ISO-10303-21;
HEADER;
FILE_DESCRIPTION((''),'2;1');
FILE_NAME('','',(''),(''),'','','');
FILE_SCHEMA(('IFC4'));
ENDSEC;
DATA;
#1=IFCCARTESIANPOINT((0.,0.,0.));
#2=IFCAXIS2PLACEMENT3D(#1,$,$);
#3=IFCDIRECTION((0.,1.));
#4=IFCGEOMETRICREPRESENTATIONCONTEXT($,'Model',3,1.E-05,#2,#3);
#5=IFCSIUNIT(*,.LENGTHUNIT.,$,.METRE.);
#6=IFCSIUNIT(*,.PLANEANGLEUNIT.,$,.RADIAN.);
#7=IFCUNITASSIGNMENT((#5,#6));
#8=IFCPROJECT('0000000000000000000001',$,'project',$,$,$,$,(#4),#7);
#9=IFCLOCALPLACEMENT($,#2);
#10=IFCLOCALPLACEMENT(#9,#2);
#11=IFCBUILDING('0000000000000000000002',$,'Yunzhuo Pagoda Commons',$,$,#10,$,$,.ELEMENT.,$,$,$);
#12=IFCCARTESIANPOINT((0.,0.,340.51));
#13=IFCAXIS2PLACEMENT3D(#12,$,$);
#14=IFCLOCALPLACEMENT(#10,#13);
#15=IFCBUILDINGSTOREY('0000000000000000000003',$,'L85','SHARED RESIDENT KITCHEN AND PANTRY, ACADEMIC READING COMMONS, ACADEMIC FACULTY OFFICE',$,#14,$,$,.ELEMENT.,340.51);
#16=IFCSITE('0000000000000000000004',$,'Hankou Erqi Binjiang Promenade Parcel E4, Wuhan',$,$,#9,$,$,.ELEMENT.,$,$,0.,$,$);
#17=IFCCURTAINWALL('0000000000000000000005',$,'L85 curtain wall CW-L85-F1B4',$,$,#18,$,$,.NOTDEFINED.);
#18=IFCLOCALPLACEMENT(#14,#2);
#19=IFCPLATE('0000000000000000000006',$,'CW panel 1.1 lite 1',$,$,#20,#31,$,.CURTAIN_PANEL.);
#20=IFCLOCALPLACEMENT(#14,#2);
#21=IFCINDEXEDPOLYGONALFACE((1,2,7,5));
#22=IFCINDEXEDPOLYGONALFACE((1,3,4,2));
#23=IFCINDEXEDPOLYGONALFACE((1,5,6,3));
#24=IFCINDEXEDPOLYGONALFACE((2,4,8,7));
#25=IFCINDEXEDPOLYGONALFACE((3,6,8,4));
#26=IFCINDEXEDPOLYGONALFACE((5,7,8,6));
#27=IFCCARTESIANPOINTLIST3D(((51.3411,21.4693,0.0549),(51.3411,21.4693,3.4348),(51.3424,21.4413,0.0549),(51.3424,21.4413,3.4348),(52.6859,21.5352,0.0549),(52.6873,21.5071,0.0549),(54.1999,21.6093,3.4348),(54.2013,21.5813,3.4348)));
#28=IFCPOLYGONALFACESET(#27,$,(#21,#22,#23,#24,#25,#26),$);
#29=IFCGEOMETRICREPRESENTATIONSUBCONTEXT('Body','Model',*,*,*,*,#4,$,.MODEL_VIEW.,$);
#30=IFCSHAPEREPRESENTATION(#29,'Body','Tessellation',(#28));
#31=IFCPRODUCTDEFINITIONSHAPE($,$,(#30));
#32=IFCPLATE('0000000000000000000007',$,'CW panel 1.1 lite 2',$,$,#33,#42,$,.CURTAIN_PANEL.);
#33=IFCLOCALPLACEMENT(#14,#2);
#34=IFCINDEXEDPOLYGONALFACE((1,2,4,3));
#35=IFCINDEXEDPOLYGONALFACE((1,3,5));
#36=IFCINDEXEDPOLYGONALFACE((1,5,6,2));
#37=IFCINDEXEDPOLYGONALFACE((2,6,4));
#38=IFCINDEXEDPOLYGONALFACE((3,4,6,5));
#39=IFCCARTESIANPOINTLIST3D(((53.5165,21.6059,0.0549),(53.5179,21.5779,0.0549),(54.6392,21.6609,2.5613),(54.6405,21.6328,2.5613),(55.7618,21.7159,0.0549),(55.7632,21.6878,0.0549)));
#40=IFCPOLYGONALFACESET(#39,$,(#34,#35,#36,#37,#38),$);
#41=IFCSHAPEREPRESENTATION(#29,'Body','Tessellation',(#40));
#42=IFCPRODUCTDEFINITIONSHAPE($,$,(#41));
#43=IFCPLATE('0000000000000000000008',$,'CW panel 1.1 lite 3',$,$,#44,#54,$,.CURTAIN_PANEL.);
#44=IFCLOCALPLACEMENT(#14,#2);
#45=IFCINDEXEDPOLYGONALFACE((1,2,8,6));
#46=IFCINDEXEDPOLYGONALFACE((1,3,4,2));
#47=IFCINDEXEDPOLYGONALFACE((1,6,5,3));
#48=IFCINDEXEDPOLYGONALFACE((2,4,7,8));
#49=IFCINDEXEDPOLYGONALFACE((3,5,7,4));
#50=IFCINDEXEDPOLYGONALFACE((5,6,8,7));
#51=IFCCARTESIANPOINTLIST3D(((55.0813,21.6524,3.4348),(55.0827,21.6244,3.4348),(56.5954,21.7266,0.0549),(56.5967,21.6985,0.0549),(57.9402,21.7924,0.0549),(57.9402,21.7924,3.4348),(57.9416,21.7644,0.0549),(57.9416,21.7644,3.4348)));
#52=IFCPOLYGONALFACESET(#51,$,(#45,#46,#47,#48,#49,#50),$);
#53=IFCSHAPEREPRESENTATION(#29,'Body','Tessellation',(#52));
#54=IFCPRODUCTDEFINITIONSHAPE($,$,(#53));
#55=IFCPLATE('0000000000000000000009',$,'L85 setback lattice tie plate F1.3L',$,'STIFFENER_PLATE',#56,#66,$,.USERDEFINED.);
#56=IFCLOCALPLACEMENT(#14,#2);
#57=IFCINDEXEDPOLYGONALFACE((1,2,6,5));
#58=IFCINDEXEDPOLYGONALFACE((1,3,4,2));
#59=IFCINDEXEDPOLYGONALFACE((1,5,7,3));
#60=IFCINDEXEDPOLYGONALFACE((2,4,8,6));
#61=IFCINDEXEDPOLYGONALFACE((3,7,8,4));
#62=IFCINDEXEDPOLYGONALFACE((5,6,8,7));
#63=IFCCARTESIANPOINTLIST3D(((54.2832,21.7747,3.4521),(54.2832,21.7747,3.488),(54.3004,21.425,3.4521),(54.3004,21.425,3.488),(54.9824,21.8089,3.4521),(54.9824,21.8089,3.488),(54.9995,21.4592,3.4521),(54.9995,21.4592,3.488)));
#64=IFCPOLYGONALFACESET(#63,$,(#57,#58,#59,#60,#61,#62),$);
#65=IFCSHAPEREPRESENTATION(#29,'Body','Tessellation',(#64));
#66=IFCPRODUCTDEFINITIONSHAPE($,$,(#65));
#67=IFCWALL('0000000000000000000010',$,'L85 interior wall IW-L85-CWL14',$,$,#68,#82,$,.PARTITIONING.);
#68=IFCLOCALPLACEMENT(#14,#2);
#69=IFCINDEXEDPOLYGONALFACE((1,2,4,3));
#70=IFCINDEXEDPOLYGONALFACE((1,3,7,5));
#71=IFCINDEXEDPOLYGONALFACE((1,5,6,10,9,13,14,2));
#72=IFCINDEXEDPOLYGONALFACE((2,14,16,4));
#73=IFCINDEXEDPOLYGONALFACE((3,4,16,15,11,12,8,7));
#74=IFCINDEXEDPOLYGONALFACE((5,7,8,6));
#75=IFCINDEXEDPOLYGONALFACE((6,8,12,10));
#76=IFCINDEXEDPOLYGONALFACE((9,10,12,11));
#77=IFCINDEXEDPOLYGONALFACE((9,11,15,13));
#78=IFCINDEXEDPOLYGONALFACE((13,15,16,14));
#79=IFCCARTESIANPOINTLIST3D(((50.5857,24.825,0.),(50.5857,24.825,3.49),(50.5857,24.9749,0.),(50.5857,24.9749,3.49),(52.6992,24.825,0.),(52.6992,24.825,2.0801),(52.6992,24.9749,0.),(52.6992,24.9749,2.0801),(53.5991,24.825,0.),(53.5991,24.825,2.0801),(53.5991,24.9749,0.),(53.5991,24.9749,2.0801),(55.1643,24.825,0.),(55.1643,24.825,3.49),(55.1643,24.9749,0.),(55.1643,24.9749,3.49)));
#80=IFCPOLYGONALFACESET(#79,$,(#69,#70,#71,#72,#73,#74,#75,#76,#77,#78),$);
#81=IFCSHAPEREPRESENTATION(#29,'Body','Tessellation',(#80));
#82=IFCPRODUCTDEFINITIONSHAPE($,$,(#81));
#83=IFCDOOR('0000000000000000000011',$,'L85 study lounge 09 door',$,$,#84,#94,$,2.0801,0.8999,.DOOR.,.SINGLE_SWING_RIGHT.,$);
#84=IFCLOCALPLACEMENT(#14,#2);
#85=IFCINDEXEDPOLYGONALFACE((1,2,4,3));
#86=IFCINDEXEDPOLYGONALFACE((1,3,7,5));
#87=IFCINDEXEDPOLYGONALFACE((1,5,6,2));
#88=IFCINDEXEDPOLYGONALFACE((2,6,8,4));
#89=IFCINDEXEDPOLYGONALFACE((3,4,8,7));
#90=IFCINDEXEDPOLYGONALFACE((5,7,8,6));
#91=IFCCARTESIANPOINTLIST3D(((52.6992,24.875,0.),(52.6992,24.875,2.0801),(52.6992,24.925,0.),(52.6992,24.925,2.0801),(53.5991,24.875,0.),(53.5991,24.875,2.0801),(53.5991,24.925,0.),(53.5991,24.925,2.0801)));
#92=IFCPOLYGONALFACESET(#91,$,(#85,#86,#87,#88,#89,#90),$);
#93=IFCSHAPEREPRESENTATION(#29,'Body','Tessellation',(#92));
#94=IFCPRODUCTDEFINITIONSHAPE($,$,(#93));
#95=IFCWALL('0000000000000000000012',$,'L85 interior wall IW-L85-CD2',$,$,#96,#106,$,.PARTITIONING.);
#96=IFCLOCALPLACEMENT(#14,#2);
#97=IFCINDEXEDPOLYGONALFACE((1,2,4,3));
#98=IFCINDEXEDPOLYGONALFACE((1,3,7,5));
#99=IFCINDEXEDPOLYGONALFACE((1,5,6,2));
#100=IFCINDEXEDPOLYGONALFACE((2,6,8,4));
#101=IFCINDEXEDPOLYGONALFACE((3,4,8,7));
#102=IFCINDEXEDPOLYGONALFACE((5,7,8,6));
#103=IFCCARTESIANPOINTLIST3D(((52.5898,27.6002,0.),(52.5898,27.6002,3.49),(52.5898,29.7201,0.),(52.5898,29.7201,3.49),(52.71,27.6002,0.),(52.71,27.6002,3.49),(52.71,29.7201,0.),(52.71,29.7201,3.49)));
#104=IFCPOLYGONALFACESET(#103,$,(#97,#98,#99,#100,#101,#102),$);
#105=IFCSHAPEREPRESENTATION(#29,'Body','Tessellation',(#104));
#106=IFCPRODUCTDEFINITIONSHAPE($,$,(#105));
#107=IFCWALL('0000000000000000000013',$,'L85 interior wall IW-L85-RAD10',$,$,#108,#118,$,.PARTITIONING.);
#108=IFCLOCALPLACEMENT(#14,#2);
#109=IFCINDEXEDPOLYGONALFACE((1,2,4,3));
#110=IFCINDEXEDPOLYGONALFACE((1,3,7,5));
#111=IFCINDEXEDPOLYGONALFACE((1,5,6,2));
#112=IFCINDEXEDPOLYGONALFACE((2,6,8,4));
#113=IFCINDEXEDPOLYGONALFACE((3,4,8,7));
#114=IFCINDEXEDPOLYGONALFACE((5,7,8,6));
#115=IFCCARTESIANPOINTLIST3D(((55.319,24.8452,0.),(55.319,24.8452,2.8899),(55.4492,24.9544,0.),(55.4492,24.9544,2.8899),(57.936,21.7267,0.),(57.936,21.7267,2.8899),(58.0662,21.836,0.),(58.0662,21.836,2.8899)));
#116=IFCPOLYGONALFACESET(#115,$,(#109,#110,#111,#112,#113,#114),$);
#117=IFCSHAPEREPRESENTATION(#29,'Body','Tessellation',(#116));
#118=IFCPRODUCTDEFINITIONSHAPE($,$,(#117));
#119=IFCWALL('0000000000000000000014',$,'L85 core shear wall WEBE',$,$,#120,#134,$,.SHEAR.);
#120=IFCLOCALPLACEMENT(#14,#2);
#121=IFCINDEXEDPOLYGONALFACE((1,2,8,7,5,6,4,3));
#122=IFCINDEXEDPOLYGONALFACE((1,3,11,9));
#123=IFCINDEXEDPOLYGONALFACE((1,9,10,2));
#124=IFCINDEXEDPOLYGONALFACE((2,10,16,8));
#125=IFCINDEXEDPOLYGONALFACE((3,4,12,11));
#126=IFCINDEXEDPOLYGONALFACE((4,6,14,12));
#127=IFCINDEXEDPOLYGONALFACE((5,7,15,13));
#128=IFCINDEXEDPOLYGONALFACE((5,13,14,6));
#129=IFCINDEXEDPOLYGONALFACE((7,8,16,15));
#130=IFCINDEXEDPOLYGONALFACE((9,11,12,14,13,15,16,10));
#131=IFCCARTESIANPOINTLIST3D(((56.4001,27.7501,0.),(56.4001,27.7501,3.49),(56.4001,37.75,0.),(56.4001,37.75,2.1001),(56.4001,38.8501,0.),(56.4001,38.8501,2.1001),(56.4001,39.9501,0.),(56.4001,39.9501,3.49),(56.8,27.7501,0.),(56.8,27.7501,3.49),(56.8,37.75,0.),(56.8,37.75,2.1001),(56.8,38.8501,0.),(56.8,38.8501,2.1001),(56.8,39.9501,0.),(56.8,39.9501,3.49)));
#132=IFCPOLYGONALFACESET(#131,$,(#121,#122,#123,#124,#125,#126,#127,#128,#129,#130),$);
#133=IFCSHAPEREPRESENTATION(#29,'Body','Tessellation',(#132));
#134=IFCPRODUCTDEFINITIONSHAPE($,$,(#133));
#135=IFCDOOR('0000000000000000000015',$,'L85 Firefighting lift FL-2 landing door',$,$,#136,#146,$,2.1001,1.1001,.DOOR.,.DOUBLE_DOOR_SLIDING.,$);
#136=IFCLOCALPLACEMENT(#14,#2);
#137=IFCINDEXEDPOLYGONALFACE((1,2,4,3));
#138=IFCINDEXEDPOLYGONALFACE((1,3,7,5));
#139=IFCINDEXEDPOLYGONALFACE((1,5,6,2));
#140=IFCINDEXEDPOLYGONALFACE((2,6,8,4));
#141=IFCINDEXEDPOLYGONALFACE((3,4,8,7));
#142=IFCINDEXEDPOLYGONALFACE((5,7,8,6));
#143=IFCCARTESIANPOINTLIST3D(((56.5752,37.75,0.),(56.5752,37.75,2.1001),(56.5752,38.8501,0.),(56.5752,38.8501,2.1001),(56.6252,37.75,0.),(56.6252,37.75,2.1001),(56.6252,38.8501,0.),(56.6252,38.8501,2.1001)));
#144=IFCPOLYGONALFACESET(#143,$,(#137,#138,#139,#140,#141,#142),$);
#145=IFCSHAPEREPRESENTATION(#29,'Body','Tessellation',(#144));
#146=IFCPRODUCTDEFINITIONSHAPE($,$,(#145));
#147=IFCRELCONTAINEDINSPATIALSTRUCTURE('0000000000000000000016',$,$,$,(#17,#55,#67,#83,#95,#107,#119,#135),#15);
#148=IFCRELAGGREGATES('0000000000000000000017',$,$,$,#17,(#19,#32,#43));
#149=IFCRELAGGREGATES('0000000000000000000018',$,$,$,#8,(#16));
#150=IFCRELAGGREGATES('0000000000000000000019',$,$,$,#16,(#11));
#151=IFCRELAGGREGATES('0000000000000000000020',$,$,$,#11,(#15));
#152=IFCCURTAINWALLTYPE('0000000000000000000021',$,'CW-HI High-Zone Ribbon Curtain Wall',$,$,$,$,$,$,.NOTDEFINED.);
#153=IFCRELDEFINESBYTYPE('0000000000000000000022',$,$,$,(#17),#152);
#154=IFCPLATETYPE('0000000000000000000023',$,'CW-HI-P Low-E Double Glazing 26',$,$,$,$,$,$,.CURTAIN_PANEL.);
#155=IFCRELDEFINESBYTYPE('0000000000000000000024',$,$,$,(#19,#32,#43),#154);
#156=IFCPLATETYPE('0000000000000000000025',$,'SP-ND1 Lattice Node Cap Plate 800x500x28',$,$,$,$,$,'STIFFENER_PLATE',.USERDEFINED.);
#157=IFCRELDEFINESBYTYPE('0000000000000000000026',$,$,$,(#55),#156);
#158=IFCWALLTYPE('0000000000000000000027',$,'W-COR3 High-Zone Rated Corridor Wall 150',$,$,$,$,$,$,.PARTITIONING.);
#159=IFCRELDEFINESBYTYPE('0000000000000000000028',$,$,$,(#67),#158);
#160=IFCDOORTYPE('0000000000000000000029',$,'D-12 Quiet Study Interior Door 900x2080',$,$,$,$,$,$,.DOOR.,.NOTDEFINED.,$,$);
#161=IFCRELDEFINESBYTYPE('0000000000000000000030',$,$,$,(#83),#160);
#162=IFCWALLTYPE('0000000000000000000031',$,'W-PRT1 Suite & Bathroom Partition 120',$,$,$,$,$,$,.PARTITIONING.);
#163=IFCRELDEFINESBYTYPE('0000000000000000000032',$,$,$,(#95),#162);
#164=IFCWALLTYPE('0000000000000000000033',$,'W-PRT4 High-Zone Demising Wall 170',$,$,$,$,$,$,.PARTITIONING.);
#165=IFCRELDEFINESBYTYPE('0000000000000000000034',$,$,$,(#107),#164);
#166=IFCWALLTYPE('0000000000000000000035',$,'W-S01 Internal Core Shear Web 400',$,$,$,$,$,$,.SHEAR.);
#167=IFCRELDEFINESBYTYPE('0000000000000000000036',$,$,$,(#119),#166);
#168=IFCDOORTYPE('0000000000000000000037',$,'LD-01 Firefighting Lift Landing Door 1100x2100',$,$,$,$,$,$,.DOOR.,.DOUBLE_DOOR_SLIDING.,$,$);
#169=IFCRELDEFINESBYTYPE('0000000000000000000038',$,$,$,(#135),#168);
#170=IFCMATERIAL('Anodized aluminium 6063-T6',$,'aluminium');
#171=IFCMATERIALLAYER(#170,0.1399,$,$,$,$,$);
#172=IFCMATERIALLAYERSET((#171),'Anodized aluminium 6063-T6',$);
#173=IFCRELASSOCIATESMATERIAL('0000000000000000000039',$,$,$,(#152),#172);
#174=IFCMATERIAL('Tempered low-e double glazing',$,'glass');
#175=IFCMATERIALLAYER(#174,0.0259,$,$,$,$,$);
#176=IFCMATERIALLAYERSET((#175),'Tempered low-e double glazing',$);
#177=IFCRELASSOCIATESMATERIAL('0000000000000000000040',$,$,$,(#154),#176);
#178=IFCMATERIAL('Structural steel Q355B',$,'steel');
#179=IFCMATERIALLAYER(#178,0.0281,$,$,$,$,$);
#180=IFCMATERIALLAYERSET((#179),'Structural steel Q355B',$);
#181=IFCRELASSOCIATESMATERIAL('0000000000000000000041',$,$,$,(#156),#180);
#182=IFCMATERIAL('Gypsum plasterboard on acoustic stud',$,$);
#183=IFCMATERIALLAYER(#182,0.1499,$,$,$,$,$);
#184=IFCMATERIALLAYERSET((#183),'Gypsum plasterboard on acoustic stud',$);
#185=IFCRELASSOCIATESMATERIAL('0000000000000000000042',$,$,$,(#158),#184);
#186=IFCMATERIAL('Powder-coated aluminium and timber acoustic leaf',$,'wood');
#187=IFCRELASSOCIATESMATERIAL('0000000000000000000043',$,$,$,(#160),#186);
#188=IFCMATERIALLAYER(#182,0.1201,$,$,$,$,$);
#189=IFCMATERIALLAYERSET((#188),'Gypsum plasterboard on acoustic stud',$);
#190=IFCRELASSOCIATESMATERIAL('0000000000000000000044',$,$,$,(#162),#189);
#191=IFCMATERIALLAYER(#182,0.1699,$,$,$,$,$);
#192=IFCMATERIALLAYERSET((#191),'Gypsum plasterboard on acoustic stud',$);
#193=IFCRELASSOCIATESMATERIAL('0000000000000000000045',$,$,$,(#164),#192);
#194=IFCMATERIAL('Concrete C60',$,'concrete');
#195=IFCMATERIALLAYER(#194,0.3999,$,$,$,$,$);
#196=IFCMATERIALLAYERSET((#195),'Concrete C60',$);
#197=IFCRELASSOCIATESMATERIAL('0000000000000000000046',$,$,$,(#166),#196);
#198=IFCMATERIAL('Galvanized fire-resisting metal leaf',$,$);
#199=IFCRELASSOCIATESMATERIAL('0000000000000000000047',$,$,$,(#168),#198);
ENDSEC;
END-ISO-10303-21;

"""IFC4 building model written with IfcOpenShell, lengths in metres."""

from ifc_helpers import new_model, si_unit, direction, frame, frame_2d, origin, origin_with_axes, origin_2d, place, context, subcontext, project, spatial, polyline, rectangle, outline, extrude, source, transform, mapped, material, layer, layer_set, type_object, element, fill, aggregate, save


model = new_model("IFC4")

# Units and contexts
model_context = context("Model", 3, precision=1e-05, world=origin(), true_north=direction((0.0, 1.0)))
body_context = subcontext(model_context, "Body", "Model", "MODEL_VIEW")
ifc_project = project(units=[si_unit("LENGTHUNIT", "METRE"), si_unit("PLANEANGLEUNIT", "RADIAN")], contexts=[model_context])

# Site, building, storey
site_placement = place(None, origin())
site = spatial("IfcSite", under=ifc_project, at=site_placement, Name="Hankou Erqi Binjiang Promenade Parcel E4, Wuhan", CompositionType="ELEMENT", RefElevation=0.0)
building_placement = place(site_placement, origin())
building = spatial("IfcBuilding", under=site, at=building_placement, Name="Yunzhuo Pagoda Commons", CompositionType="ELEMENT")
storey_placement = place(building_placement, frame((0.0, 0.0, 340.51)))
storey = spatial("IfcBuildingStorey", under=building, at=storey_placement, Name="L85", Description="SHARED RESIDENT KITCHEN AND PANTRY, ACADEMIC READING COMMONS, ACADEMIC FACULTY OFFICE", CompositionType="ELEMENT", Elevation=340.51)

# Shared definitions
ifc_material_1 = material(Name="Structural steel Q355B", Category="steel")

# Curtain wall, plates
ifc_material_2 = material(Name="Anodized aluminium 6063-T6", Category="aluminium")
ifc_layer_1 = layer(ifc_material_2, 0.1399)
ifc_layer_set_1 = layer_set([ifc_layer_1], Name="Anodized aluminium 6063-T6")
curtain_wall_type = type_object("IfcCurtainWallType", Name="CW-HI High-Zone Ribbon Curtain Wall", PredefinedType="NOTDEFINED", material=ifc_layer_set_1)
curtain_wall_placement = place(storey_placement, origin())
curtain_wall = element("IfcCurtainWall", 1, at=curtain_wall_placement, inside=storey, type_object=curtain_wall_type, Name="L85 curtain wall CW-L85-F1B4", PredefinedType="NOTDEFINED")
ifc_material_3 = material(Name="Tempered low-e double glazing", Category="glass")
ifc_layer_2 = layer(ifc_material_3, 0.0259)
ifc_layer_set_2 = layer_set([ifc_layer_2], Name="Tempered low-e double glazing")
plate_type_1 = type_object("IfcPlateType", Name="CW-HI-P Low-E Double Glazing 26", PredefinedType="CURTAIN_PANEL", material=ifc_layer_set_2)
plate_1_placement = place(storey_placement, frame((52.7705, 21.5393, 1.7449), z_axis=(0.048906, -0.998803, 0.0), x_axis=(0.998803, 0.048906, 0.0)))
plate_1 = element("IfcPlate", 2, at=plate_1_placement, type_object=plate_type_1, Name="CW panel 1.1 lite 1", PredefinedType="CURTAIN_PANEL", context=body_context, shape_type="SweptSolid", body=[
    extrude(outline(polyline([(-1.4312, -1.6899), (-0.0847, -1.6899), (1.4312, 1.6899), (-1.4312, 1.6899), (-1.4312, -1.6899)])), origin(), (0.0, 0.0, 1.0), 0.0281),
])
plate_2_placement = place(storey_placement, frame((54.6392, 21.6609, 1.3081), z_axis=(0.048906, -0.998803, 0.0), x_axis=(0.998803, 0.048906, 0.0)))
plate_2 = element("IfcPlate", 3, at=plate_2_placement, type_object=plate_type_1, Name="CW panel 1.1 lite 2", PredefinedType="CURTAIN_PANEL", context=body_context, shape_type="SweptSolid", body=[
    extrude(outline(polyline([(-1.124, -1.2532), (1.124, -1.2532), (0.0, 1.2532), (-1.124, -1.2532)])), origin(), (0.0, 0.0, 1.0), 0.0281),
])
plate_3_placement = place(storey_placement, frame((56.5107, 21.7224, 1.7449), z_axis=(0.048906, -0.998803, 0.0), x_axis=(0.998803, 0.048906, 0.0)))
plate_3 = element("IfcPlate", 4, at=plate_3_placement, type_object=plate_type_1, Name="CW panel 1.1 lite 3", PredefinedType="CURTAIN_PANEL", context=body_context, shape_type="SweptSolid", body=[
    extrude(outline(polyline([(-1.4312, 1.6899), (0.0847, -1.6899), (1.4312, -1.6899), (1.4312, 1.6899), (-1.4312, 1.6899)])), origin(), (0.0, 0.0, 1.0), 0.0281),
])
aggregate(curtain_wall, [plate_1, plate_2, plate_3])

# Plate
ifc_layer_3 = layer(ifc_material_1, 0.0281)
ifc_layer_set_3 = layer_set([ifc_layer_3], Name="Structural steel Q355B")
plate_type_2 = type_object("IfcPlateType", Name="SP-ND1 Lattice Node Cap Plate 800x500x28", ElementType="STIFFENER_PLATE", PredefinedType="USERDEFINED", material=ifc_layer_set_3)
shared_shape_1 = source(origin(), body_context, "Body", "SweptSolid", [
    extrude(rectangle(XDim=0.7, YDim=0.3501, at=origin_2d()), origin(), (0.0, 0.0, 1.0), 0.0359),
])
plate_4_placement = place(storey_placement, frame((54.6414, 21.6169, 3.4521), z_axis=(0.0, 0.0, 1.0), x_axis=(0.998804, 0.048902, 0.0)))
element("IfcPlate", 5, at=plate_4_placement, inside=storey, type_object=plate_type_2, Name="L85 setback lattice tie plate F1.3L", ObjectType="STIFFENER_PLATE", PredefinedType="USERDEFINED", context=body_context, shape_type="MappedRepresentation", body=[
    mapped(shared_shape_1, transform((0.0, 0.0, 0.0), scale=1.0)),
])

# Wall, opening, door
ifc_material_4 = material(Name="Gypsum plasterboard on acoustic stud")
ifc_layer_4 = layer(ifc_material_4, 0.1499)
ifc_layer_set_4 = layer_set([ifc_layer_4], Name="Gypsum plasterboard on acoustic stud")
wall_type_1 = type_object("IfcWallType", Name="W-COR3 High-Zone Rated Corridor Wall 150", PredefinedType="PARTITIONING", material=ifc_layer_set_4)
wall_1_placement = place(storey_placement, frame((55.1643, 24.8999, 0.0), z_axis=(0.0, 0.0, 1.0), x_axis=(-1.0, 0.0, 0.0)))
wall_1 = element("IfcWall", 6, at=wall_1_placement, inside=storey, type_object=wall_type_1, Name="L85 interior wall IW-L85-CWL14", PredefinedType="PARTITIONING", context=body_context, shape_type="SweptSolid", body=[
    extrude(rectangle(XDim=4.5786, YDim=0.1499, at=frame_2d((2.2893, 0.0))), origin(), (0.0, 0.0, 1.0), 3.49),
])
opening_1_placement = place(wall_1_placement, frame((1.5652, 0.0, 0.0)))
opening_1 = element("IfcOpeningElement", 7, at=opening_1_placement, cuts=wall_1, PredefinedType="OPENING", context=body_context, shape_type="SweptSolid", body=[
    extrude(rectangle(XDim=0.8999, YDim=2.0801, at=frame_2d((0.45, 1.04))), frame((0.0, 0.085, 0.0), z_axis=(0.0, -1.0, 0.0), x_axis=(1.0, 0.0, 0.0)), (0.0, 0.0, 1.0), 0.1699),
])
ifc_material_5 = material(Name="Powder-coated aluminium and timber acoustic leaf", Category="wood")
door_type_1 = type_object("IfcDoorType", Name="D-12 Quiet Study Interior Door 900x2080", OperationType="NOTDEFINED", PredefinedType="DOOR", material=ifc_material_5)
shared_shape_2 = source(origin(), body_context, "Body", "SweptSolid", [
    extrude(rectangle(XDim=0.8999, YDim=2.0801, at=frame_2d((0.45, 1.04))), frame((0.0, 0.0249, 0.0), z_axis=(0.0, -1.0, 0.0), x_axis=(1.0, 0.0, 0.0)), (0.0, 0.0, 1.0), 0.05),
])
door_1_placement = place(opening_1_placement, origin_with_axes())
door_1 = element("IfcDoor", 8, at=door_1_placement, inside=storey, type_object=door_type_1, Name="L85 study lounge 09 door", OperationType="SINGLE_SWING_RIGHT", OverallHeight=2.0801, OverallWidth=0.8999, PredefinedType="DOOR", context=body_context, shape_type="MappedRepresentation", body=[
    mapped(shared_shape_2, transform((0.0, 0.0, 0.0), scale=1.0)),
])
fill(opening_1, door_1)

# Walls
ifc_layer_5 = layer(ifc_material_4, 0.1201)
ifc_layer_set_5 = layer_set([ifc_layer_5], Name="Gypsum plasterboard on acoustic stud")
wall_type_2 = type_object("IfcWallType", Name="W-PRT1 Suite & Bathroom Partition 120", PredefinedType="PARTITIONING", material=ifc_layer_set_5)
wall_2_placement = place(storey_placement, frame((52.6499, 27.6001, 0.0), z_axis=(0.0, 0.0, 1.0), x_axis=(0.0, 1.0, 0.0)))
element("IfcWall", 9, at=wall_2_placement, inside=storey, type_object=wall_type_2, Name="L85 interior wall IW-L85-CD2", PredefinedType="PARTITIONING", context=body_context, shape_type="SweptSolid", body=[
    extrude(rectangle(XDim=2.1199, YDim=0.1201, at=frame_2d((1.0601, 0.0))), origin(), (0.0, 0.0, 1.0), 3.49),
])
ifc_layer_6 = layer(ifc_material_4, 0.1699)
ifc_layer_set_6 = layer_set([ifc_layer_6], Name="Gypsum plasterboard on acoustic stud")
wall_type_3 = type_object("IfcWallType", Name="W-PRT4 High-Zone Demising Wall 170", PredefinedType="PARTITIONING", material=ifc_layer_set_6)
wall_3_placement = place(storey_placement, frame((55.384, 24.8999, 0.0), z_axis=(0.0, 0.0, 1.0), x_axis=(0.642829, -0.76601, 0.0)))
element("IfcWall", 10, at=wall_3_placement, inside=storey, type_object=wall_type_3, Name="L85 interior wall IW-L85-RAD10", PredefinedType="PARTITIONING", context=body_context, shape_type="SweptSolid", body=[
    extrude(rectangle(XDim=4.071, YDim=0.1699, at=frame_2d((2.0356, 0.0))), origin(), (0.0, 0.0, 1.0), 2.8899),
])

# Wall, opening, door
ifc_material_6 = material(Name="Concrete C60", Category="concrete")
ifc_layer_7 = layer(ifc_material_6, 0.3999)
ifc_layer_set_7 = layer_set([ifc_layer_7], Name="Concrete C60")
wall_type_4 = type_object("IfcWallType", Name="W-S01 Internal Core Shear Web 400", PredefinedType="SHEAR", material=ifc_layer_set_7)
wall_4_placement = place(storey_placement, frame((56.6001, 27.75, 0.0), z_axis=(0.0, 0.0, 1.0), x_axis=(0.0, 1.0, 0.0)))
wall_4 = element("IfcWall", 11, at=wall_4_placement, inside=storey, type_object=wall_type_4, Name="L85 core shear wall WEBE", PredefinedType="SHEAR", context=body_context, shape_type="SweptSolid", body=[
    extrude(rectangle(XDim=12.2, YDim=0.3999, at=frame_2d((6.1001, 0.0))), origin(), (0.0, 0.0, 1.0), 3.49),
])
opening_2_placement = place(wall_4_placement, frame((10.0, 0.0, 0.0)))
opening_2 = element("IfcOpeningElement", 12, at=opening_2_placement, cuts=wall_4, PredefinedType="OPENING", context=body_context, shape_type="SweptSolid", body=[
    extrude(rectangle(XDim=1.1001, YDim=2.1001, at=frame_2d((0.55, 1.05))), frame((0.0, 0.21, 0.0), z_axis=(0.0, -1.0, 0.0), x_axis=(1.0, 0.0, 0.0)), (0.0, 0.0, 1.0), 0.4199),
])
ifc_material_7 = material(Name="Galvanized fire-resisting metal leaf")
door_type_2 = type_object("IfcDoorType", Name="LD-01 Firefighting Lift Landing Door 1100x2100", OperationType="DOUBLE_DOOR_SLIDING", PredefinedType="DOOR", material=ifc_material_7)
shared_shape_3 = source(origin(), body_context, "Body", "SweptSolid", [
    extrude(rectangle(XDim=1.1001, YDim=2.1001, at=frame_2d((0.55, 1.05))), frame((0.0, 0.0249, 0.0), z_axis=(0.0, -1.0, 0.0), x_axis=(1.0, 0.0, 0.0)), (0.0, 0.0, 1.0), 0.05),
])
door_2_placement = place(opening_2_placement, origin_with_axes())
door_2 = element("IfcDoor", 13, at=door_2_placement, inside=storey, type_object=door_type_2, Name="L85 Firefighting lift FL-2 landing door", OperationType="DOUBLE_DOOR_SLIDING", OverallHeight=2.1001, OverallWidth=1.1001, PredefinedType="DOOR", context=body_context, shape_type="MappedRepresentation", body=[
    mapped(shared_shape_3, transform((0.0, 0.0, 0.0), scale=1.0)),
])
fill(opening_2, door_2)

save(model, "model.ifc")
